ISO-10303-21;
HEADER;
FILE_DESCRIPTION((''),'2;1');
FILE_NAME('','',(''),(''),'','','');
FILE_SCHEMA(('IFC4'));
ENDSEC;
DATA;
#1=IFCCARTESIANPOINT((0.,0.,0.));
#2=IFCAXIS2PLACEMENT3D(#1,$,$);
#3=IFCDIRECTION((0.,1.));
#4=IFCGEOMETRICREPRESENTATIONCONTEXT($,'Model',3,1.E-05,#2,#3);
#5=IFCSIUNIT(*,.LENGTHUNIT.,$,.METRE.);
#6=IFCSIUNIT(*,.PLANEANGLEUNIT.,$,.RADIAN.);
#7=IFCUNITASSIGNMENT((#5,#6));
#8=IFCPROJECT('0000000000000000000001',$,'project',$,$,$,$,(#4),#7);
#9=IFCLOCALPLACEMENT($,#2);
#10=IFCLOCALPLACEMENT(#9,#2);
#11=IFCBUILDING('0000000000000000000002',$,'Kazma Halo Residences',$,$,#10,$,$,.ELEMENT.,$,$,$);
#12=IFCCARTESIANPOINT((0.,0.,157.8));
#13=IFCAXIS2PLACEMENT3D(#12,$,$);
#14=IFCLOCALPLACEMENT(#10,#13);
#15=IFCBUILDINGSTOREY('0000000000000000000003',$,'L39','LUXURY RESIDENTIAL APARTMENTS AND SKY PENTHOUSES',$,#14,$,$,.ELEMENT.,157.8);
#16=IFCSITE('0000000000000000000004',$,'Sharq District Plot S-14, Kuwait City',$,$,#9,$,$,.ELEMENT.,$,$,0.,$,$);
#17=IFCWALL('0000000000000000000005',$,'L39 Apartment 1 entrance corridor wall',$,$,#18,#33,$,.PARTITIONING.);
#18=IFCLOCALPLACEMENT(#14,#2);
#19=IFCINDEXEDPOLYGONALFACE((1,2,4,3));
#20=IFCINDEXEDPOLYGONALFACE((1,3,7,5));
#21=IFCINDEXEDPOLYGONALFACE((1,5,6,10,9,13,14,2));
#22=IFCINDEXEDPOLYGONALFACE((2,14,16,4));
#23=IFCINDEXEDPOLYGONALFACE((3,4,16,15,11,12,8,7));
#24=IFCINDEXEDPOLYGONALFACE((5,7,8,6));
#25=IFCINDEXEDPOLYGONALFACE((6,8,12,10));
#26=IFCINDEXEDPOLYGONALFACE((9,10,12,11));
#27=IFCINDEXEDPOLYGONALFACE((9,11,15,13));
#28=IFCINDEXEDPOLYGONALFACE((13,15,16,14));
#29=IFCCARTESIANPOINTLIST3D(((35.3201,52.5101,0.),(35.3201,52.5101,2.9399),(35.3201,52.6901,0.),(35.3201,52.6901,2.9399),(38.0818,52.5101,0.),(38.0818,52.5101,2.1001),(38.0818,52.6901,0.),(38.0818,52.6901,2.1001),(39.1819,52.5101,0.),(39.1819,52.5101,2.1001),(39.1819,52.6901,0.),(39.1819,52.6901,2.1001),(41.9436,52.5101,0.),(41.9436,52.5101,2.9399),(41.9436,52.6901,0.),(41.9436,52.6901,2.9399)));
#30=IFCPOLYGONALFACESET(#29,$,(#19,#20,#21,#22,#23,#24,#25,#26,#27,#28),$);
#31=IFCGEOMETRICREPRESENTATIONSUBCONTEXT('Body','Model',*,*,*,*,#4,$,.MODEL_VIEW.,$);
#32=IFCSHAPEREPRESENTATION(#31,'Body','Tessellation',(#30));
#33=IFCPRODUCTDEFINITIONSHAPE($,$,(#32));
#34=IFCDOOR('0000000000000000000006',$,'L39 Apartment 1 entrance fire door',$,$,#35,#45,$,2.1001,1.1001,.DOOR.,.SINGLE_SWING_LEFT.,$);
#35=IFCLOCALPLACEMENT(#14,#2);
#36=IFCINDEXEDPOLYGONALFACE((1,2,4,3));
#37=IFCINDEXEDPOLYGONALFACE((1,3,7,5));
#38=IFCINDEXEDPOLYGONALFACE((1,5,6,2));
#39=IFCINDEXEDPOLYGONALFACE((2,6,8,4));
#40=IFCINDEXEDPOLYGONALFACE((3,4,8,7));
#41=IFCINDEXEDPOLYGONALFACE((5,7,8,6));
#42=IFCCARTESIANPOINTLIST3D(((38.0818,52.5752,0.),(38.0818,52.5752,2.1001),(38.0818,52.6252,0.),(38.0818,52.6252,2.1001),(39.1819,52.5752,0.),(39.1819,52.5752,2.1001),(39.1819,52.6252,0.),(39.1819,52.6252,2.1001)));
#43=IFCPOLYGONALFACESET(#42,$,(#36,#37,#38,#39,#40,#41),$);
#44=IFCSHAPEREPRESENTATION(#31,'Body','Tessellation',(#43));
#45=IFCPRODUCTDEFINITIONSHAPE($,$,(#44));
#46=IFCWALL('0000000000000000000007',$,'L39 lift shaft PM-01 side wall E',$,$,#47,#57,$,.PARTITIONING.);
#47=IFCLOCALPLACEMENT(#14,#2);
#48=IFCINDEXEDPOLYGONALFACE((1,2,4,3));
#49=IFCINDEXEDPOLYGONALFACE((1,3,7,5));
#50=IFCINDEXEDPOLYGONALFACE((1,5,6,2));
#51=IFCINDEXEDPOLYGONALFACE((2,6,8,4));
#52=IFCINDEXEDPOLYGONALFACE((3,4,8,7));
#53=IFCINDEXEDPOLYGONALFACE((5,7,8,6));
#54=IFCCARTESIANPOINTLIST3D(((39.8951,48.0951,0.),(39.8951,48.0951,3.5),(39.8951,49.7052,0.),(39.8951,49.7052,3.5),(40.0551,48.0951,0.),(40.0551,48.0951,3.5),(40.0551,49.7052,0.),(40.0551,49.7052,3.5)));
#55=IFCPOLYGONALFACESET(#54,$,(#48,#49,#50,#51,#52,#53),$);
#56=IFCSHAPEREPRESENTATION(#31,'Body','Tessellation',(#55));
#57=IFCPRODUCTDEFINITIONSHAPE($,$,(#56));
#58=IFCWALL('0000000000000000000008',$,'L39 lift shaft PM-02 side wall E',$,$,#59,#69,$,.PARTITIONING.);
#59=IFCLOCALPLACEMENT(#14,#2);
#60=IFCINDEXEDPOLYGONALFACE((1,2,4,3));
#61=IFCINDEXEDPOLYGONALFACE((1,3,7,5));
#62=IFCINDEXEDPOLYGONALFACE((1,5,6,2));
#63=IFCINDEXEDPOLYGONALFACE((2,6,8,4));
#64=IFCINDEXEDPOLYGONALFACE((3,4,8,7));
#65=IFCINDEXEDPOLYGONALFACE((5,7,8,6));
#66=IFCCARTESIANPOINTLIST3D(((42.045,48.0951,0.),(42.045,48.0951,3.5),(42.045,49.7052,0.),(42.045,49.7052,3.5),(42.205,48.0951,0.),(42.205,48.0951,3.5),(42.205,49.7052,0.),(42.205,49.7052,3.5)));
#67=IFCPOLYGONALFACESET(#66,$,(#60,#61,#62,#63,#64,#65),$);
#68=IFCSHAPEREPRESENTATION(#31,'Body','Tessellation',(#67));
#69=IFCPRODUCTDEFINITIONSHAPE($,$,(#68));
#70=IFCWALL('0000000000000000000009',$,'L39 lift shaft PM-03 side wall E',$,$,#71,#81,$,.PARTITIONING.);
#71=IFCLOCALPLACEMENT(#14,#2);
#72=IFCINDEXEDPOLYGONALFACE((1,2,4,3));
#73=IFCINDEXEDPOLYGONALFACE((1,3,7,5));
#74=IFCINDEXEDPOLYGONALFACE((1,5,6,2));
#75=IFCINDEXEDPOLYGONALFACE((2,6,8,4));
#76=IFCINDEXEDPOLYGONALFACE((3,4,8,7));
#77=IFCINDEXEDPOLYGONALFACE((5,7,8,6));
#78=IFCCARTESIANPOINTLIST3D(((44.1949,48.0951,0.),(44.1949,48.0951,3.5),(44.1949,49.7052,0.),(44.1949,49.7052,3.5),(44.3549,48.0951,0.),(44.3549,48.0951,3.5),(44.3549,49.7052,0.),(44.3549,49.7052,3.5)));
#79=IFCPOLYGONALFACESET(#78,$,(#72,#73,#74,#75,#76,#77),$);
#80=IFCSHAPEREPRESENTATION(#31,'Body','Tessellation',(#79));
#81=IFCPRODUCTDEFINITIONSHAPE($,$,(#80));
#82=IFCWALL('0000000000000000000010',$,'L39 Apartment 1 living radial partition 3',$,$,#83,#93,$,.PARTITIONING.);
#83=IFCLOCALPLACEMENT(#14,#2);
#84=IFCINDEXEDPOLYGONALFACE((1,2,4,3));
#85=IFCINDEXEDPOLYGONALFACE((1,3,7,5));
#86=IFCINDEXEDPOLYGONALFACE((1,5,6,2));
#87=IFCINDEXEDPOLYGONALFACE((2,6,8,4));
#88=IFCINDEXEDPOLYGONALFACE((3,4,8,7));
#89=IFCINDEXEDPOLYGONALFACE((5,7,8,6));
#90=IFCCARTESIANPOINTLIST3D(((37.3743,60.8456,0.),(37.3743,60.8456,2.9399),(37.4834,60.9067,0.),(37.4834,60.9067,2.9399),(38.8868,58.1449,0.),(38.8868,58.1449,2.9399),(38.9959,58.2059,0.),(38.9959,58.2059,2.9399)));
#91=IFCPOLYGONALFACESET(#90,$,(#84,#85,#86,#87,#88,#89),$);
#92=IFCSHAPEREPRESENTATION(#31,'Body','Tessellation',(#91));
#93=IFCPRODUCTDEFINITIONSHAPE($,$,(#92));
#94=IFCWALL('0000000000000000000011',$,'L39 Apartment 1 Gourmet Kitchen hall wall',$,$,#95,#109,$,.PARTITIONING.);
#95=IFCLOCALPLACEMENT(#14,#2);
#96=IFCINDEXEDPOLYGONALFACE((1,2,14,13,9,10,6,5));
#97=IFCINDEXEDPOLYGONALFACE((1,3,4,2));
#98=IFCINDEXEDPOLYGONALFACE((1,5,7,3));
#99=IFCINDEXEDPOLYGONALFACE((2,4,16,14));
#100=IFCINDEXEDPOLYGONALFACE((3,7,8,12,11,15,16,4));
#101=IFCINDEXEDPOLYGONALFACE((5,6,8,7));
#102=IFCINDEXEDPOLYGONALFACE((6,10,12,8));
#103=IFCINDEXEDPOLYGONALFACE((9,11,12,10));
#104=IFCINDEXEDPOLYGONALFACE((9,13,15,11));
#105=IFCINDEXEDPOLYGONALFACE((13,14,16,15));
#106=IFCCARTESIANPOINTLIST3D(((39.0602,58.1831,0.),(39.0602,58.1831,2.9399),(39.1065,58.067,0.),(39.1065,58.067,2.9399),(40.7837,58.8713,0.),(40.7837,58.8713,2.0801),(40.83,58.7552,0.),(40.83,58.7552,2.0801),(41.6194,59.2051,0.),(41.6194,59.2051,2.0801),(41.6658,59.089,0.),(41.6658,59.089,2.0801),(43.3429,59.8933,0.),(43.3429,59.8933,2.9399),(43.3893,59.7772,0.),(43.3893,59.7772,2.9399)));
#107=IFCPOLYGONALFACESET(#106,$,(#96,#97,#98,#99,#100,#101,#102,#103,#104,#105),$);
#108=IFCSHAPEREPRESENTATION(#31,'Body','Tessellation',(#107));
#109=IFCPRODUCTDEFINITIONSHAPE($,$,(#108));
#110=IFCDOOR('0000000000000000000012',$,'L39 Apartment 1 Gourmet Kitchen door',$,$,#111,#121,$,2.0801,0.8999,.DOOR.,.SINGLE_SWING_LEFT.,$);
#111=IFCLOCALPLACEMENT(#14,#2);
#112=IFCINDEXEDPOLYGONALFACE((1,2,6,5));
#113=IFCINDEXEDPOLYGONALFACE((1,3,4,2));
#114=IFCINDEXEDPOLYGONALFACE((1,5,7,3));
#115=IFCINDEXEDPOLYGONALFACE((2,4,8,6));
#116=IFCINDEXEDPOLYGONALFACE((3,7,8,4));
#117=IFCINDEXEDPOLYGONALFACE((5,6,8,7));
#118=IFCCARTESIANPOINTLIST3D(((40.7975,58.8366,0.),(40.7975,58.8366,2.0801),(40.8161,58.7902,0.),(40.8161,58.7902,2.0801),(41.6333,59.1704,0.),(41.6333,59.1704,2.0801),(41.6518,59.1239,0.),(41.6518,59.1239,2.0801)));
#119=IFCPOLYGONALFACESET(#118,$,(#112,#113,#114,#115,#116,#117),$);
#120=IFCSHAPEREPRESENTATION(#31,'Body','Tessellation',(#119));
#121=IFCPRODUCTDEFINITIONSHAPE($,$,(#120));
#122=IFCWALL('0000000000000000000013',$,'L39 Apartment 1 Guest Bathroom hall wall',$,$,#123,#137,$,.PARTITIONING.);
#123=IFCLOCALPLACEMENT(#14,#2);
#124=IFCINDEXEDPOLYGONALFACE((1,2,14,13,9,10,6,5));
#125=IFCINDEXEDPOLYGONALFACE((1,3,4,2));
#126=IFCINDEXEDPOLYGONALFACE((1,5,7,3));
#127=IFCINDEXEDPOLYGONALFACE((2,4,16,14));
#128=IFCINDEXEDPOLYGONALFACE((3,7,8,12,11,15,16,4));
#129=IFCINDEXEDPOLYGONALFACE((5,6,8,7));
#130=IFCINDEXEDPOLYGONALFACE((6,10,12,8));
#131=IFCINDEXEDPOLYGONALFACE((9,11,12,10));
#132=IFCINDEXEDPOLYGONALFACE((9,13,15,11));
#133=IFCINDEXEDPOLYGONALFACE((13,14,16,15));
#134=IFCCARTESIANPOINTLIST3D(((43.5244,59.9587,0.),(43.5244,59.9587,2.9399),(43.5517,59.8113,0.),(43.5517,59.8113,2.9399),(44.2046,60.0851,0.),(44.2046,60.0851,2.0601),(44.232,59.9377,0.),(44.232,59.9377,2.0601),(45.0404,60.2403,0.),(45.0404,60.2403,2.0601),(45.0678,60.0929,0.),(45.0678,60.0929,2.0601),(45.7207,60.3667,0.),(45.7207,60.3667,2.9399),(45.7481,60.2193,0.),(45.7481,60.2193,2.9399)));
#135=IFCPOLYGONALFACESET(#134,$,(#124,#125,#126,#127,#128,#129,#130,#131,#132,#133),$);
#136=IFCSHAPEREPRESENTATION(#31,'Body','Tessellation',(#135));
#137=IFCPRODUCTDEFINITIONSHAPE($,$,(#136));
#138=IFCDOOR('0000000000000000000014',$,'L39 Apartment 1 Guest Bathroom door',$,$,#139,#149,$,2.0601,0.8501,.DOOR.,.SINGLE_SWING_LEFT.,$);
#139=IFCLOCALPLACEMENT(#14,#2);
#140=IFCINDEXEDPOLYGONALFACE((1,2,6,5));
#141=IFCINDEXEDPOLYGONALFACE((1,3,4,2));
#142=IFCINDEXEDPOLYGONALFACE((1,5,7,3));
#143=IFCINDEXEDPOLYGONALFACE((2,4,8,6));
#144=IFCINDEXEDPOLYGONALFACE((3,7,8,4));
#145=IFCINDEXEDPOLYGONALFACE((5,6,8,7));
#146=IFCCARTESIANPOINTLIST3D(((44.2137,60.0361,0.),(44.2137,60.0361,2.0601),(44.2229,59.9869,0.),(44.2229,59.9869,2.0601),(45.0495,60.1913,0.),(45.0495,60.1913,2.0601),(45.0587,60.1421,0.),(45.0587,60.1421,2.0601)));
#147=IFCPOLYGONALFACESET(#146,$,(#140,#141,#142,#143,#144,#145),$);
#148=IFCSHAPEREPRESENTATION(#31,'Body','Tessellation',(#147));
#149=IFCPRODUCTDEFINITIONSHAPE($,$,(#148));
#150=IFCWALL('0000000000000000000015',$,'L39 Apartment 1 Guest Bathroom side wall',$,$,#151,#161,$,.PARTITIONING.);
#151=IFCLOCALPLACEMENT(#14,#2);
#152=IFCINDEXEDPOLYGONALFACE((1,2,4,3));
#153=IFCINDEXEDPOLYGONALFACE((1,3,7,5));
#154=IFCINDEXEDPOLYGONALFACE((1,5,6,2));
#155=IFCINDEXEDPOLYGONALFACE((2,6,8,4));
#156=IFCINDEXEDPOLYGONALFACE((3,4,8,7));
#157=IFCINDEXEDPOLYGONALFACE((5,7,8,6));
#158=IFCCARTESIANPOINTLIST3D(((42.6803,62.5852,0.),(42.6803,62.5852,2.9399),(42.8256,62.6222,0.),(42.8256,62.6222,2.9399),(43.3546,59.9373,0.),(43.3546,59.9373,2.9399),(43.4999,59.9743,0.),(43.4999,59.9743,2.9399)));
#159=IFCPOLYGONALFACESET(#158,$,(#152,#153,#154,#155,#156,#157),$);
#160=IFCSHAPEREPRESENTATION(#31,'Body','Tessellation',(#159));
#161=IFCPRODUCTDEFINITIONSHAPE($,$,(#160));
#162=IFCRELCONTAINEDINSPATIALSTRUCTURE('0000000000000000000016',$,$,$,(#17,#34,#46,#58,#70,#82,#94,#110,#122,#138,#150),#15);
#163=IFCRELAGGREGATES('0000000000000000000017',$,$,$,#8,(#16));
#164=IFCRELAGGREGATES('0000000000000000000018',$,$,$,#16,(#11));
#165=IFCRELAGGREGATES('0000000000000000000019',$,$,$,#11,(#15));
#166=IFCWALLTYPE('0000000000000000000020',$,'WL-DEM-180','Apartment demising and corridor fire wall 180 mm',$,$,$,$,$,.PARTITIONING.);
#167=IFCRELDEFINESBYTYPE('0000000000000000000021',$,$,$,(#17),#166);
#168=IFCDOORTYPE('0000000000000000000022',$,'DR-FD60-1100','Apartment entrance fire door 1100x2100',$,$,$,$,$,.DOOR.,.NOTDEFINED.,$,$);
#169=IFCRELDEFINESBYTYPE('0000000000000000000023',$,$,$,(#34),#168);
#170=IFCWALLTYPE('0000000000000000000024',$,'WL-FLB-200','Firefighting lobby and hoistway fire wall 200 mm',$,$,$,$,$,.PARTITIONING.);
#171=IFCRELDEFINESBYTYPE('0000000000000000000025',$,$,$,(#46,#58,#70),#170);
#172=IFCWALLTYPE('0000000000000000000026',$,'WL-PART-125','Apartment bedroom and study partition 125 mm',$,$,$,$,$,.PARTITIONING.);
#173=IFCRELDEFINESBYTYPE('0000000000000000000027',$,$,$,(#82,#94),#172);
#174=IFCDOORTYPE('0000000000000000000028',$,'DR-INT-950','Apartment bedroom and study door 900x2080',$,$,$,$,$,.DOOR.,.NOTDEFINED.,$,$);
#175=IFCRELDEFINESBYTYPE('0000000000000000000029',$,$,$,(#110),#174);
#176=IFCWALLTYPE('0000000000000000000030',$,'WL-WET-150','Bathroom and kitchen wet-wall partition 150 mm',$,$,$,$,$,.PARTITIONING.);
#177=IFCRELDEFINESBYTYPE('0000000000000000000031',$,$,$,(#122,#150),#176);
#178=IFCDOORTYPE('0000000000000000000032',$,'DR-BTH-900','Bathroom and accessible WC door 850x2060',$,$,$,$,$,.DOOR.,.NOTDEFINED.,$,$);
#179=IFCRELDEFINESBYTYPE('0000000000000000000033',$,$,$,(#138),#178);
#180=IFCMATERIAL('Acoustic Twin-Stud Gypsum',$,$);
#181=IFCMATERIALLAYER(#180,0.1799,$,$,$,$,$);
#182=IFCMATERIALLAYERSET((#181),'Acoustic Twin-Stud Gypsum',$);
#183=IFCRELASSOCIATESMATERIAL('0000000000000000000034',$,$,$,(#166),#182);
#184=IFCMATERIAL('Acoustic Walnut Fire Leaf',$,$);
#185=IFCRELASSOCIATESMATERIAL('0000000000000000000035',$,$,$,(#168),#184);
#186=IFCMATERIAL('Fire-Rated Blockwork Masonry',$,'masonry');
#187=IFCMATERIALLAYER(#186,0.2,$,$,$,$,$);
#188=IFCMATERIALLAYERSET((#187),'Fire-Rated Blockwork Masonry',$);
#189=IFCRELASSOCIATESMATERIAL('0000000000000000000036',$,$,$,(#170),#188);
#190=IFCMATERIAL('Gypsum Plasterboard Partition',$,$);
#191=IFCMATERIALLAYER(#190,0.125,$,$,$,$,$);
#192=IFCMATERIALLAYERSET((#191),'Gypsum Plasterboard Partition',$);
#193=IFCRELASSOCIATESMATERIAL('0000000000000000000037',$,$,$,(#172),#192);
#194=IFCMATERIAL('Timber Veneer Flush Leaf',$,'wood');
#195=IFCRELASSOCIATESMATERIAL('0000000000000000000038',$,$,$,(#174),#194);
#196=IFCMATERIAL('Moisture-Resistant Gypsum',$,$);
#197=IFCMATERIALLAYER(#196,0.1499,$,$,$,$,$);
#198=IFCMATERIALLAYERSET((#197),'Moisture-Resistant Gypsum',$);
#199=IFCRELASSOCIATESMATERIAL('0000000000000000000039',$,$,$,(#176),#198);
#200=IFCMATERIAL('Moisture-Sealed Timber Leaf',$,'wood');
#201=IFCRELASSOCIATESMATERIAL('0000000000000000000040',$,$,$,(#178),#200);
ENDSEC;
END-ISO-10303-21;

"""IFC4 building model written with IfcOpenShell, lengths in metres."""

from ifc_helpers import new_model, si_unit, direction, frame, frame_2d, origin, place, context, subcontext, project, spatial, rectangle, extrude, material, layer, layer_set, type_object, element, fill, save


model = new_model("IFC4")

# Units and contexts
model_context = context("Model", 3, precision=1e-05, world=origin(), true_north=direction((0.0, 1.0)))
body_context = subcontext(model_context, "Body", "Model", "MODEL_VIEW")
ifc_project = project(units=[si_unit("LENGTHUNIT", "METRE"), si_unit("PLANEANGLEUNIT", "RADIAN")], contexts=[model_context])

# Site, building, storey
site_placement = place(None, origin())
site = spatial("IfcSite", under=ifc_project, at=site_placement, Name="Sharq District Plot S-14, Kuwait City", CompositionType="ELEMENT", RefElevation=0.0)
building_placement = place(site_placement, origin())
building = spatial("IfcBuilding", under=site, at=building_placement, Name="Kazma Halo Residences", CompositionType="ELEMENT")
storey_placement = place(building_placement, frame((0.0, 0.0, 157.8)))
storey = spatial("IfcBuildingStorey", under=building, at=storey_placement, Name="L39", Description="LUXURY RESIDENTIAL APARTMENTS AND SKY PENTHOUSES", CompositionType="ELEMENT", Elevation=157.8)

# Wall, opening, door
ifc_material_1 = material(Name="Acoustic Twin-Stud Gypsum")
ifc_layer_1 = layer(ifc_material_1, 0.1799)
ifc_layer_set_1 = layer_set([ifc_layer_1], Name="Acoustic Twin-Stud Gypsum")
wall_type_1 = type_object("IfcWallType", Name="WL-DEM-180", Description="Apartment demising and corridor fire wall 180 mm", PredefinedType="PARTITIONING", material=ifc_layer_set_1)
wall_1_placement = place(storey_placement, frame((41.9436, 52.6001, 0.0), z_axis=(0.0, 0.0, 1.0), x_axis=(-1.0, 0.0, 0.0)))
wall_1 = element("IfcWall", 1, at=wall_1_placement, inside=storey, type_object=wall_type_1, Name="L39 Apartment 1 entrance corridor wall", PredefinedType="PARTITIONING", context=body_context, shape_type="SweptSolid", body=[
    extrude(rectangle(XDim=6.6235, YDim=0.1799, at=frame_2d((3.3118, 0.0))), origin(), (0.0, 0.0, 1.0), 2.9399),
])
opening_1_placement = place(wall_1_placement, frame((2.7617, 0.0, 0.0)))
opening_1 = element("IfcOpeningElement", 2, at=opening_1_placement, cuts=wall_1, PredefinedType="OPENING", context=body_context, shape_type="SweptSolid", body=[
    extrude(rectangle(XDim=1.1001, YDim=2.1001, at=frame_2d((0.55, 1.05))), frame((0.0, 0.0999, 0.0), z_axis=(0.0, -1.0, 0.0), x_axis=(1.0, 0.0, 0.0)), (0.0, 0.0, 1.0), 0.2),
])
ifc_material_2 = material(Name="Acoustic Walnut Fire Leaf")
door_type_1 = type_object("IfcDoorType", Name="DR-FD60-1100", Description="Apartment entrance fire door 1100x2100", OperationType="NOTDEFINED", PredefinedType="DOOR", material=ifc_material_2)
door_1_placement = place(opening_1_placement, origin())
door_1 = element("IfcDoor", 3, at=door_1_placement, inside=storey, type_object=door_type_1, Name="L39 Apartment 1 entrance fire door", OperationType="SINGLE_SWING_LEFT", OverallHeight=2.1001, OverallWidth=1.1001, PredefinedType="DOOR", context=body_context, shape_type="SweptSolid", body=[
    extrude(rectangle(XDim=1.1001, YDim=2.1001, at=frame_2d((0.55, 1.05))), frame((0.0, 0.0249, 0.0), z_axis=(0.0, -1.0, 0.0), x_axis=(1.0, 0.0, 0.0)), (0.0, 0.0, 1.0), 0.05),
])
fill(opening_1, door_1)

# Walls
ifc_material_3 = material(Name="Fire-Rated Blockwork Masonry", Category="masonry")
ifc_layer_2 = layer(ifc_material_3, 0.2)
ifc_layer_set_2 = layer_set([ifc_layer_2], Name="Fire-Rated Blockwork Masonry")
wall_type_2 = type_object("IfcWallType", Name="WL-FLB-200", Description="Firefighting lobby and hoistway fire wall 200 mm", PredefinedType="PARTITIONING", material=ifc_layer_set_2)
for number, where, z_axis, x_axis, name in (
    (4, (39.9751, 48.095, 0.0), (0.0, 0.0, 1.0), (0.0, 1.0, 0.0), "L39 lift shaft PM-01 side wall E"),
    (5, (42.125, 48.095, 0.0), (0.0, 0.0, 1.0), (0.0, 1.0, 0.0), "L39 lift shaft PM-02 side wall E"),
    (6, (44.2749, 48.095, 0.0), (0.0, 0.0, 1.0), (0.0, 1.0, 0.0), "L39 lift shaft PM-03 side wall E"),
):
    element("IfcWall", number, at=place(storey_placement, frame(where, z_axis=z_axis, x_axis=x_axis)), inside=storey, type_object=wall_type_2, Name=name, PredefinedType="PARTITIONING", context=body_context, shape_type="SweptSolid", body=[
        extrude(rectangle(XDim=1.6101, YDim=0.1599, at=frame_2d((0.8052, 0.0))), origin(), (0.0, 0.0, 1.0), 3.5),
    ])
ifc_material_4 = material(Name="Gypsum Plasterboard Partition")
ifc_layer_3 = layer(ifc_material_4, 0.125)
ifc_layer_set_3 = layer_set([ifc_layer_3], Name="Gypsum Plasterboard Partition")
wall_type_3 = type_object("IfcWallType", Name="WL-PART-125", Description="Apartment bedroom and study partition 125 mm", PredefinedType="PARTITIONING", material=ifc_layer_set_3)
wall_2_placement = place(storey_placement, frame((38.9414, 58.1753, 0.0), z_axis=(0.0, 0.0, 1.0), x_axis=(-0.48862, 0.872497, 0.0)))
element("IfcWall", 7, at=wall_2_placement, inside=storey, type_object=wall_type_3, Name="L39 Apartment 1 living radial partition 3", PredefinedType="PARTITIONING", context=body_context, shape_type="SweptSolid", body=[
    extrude(rectangle(XDim=3.0955, YDim=0.125, at=frame_2d((1.5479, 0.0))), origin(), (0.0, 0.0, 1.0), 2.9399),
])

# Walls, openings, doors
wall_3_placement = place(storey_placement, frame((43.366, 59.8352, 0.0), z_axis=(0.0, 0.0, 1.0), x_axis=(-0.928692, -0.370852, 0.0)))
wall_3 = element("IfcWall", 8, at=wall_3_placement, inside=storey, type_object=wall_type_3, Name="L39 Apartment 1 Gourmet Kitchen hall wall", PredefinedType="PARTITIONING", context=body_context, shape_type="SweptSolid", body=[
    extrude(rectangle(XDim=4.6116, YDim=0.125, at=frame_2d((2.3057, 0.0))), origin(), (0.0, 0.0, 1.0), 2.9399),
])
opening_2_placement = place(wall_3_placement, frame((1.8557, 0.0, 0.0)))
opening_2 = element("IfcOpeningElement", 9, at=opening_2_placement, cuts=wall_3, PredefinedType="OPENING", context=body_context, shape_type="SweptSolid", body=[
    extrude(rectangle(XDim=0.8999, YDim=2.0801, at=frame_2d((0.45, 1.04))), frame((0.0, 0.0725, 0.0), z_axis=(0.0, -1.0, 0.0), x_axis=(1.0, 0.0, 0.0)), (0.0, 0.0, 1.0), 0.145),
])
ifc_material_5 = material(Name="Timber Veneer Flush Leaf", Category="wood")
door_type_2 = type_object("IfcDoorType", Name="DR-INT-950", Description="Apartment bedroom and study door 900x2080", OperationType="NOTDEFINED", PredefinedType="DOOR", material=ifc_material_5)
door_2_placement = place(opening_2_placement, origin())
door_2 = element("IfcDoor", 10, at=door_2_placement, inside=storey, type_object=door_type_2, Name="L39 Apartment 1 Gourmet Kitchen door", OperationType="SINGLE_SWING_LEFT", OverallHeight=2.0801, OverallWidth=0.8999, PredefinedType="DOOR", context=body_context, shape_type="SweptSolid", body=[
    extrude(rectangle(XDim=0.8999, YDim=2.0801, at=frame_2d((0.45, 1.04))), frame((0.0, 0.0249, 0.0), z_axis=(0.0, -1.0, 0.0), x_axis=(1.0, 0.0, 0.0)), (0.0, 0.0, 1.0), 0.05),
])
fill(opening_2, door_2)
ifc_material_6 = material(Name="Moisture-Resistant Gypsum")
ifc_layer_4 = layer(ifc_material_6, 0.1499)
ifc_layer_set_4 = layer_set([ifc_layer_4], Name="Moisture-Resistant Gypsum")
wall_type_4 = type_object("IfcWallType", Name="WL-WET-150", Description="Bathroom and kitchen wet-wall partition 150 mm", PredefinedType="PARTITIONING", material=ifc_layer_set_4)
wall_4_placement = place(storey_placement, frame((45.7344, 60.293, 0.0), z_axis=(0.0, 0.0, 1.0), x_axis=(-0.983183, -0.182625, 0.0)))
wall_4 = element("IfcWall", 11, at=wall_4_placement, inside=storey, type_object=wall_type_4, Name="L39 Apartment 1 Guest Bathroom hall wall", PredefinedType="PARTITIONING", context=body_context, shape_type="SweptSolid", body=[
    extrude(rectangle(XDim=2.2339, YDim=0.1499, at=frame_2d((1.1169, 0.0))), origin(), (0.0, 0.0, 1.0), 2.9399),
])
opening_3_placement = place(wall_4_placement, frame((0.6919, 0.0, 0.0)))
opening_3 = element("IfcOpeningElement", 12, at=opening_3_placement, cuts=wall_4, PredefinedType="OPENING", context=body_context, shape_type="SweptSolid", body=[
    extrude(rectangle(XDim=0.8501, YDim=2.0601, at=frame_2d((0.425, 1.03))), frame((0.0, 0.085, 0.0), z_axis=(0.0, -1.0, 0.0), x_axis=(1.0, 0.0, 0.0)), (0.0, 0.0, 1.0), 0.1699),
])
ifc_material_7 = material(Name="Moisture-Sealed Timber Leaf", Category="wood")
door_type_3 = type_object("IfcDoorType", Name="DR-BTH-900", Description="Bathroom and accessible WC door 850x2060", OperationType="NOTDEFINED", PredefinedType="DOOR", material=ifc_material_7)
door_3_placement = place(opening_3_placement, origin())
door_3 = element("IfcDoor", 13, at=door_3_placement, inside=storey, type_object=door_type_3, Name="L39 Apartment 1 Guest Bathroom door", OperationType="SINGLE_SWING_LEFT", OverallHeight=2.0601, OverallWidth=0.8501, PredefinedType="DOOR", context=body_context, shape_type="SweptSolid", body=[
    extrude(rectangle(XDim=0.8501, YDim=2.0601, at=frame_2d((0.425, 1.03))), frame((0.0, 0.0249, 0.0), z_axis=(0.0, -1.0, 0.0), x_axis=(1.0, 0.0, 0.0)), (0.0, 0.0, 1.0), 0.05),
])
fill(opening_3, door_3)

# Wall
wall_5_placement = place(storey_placement, frame((43.4272, 59.9558, 0.0), z_axis=(0.0, 0.0, 1.0), x_axis=(-0.24678, 0.969072, 0.0)))
element("IfcWall", 14, at=wall_5_placement, inside=storey, type_object=wall_type_4, Name="L39 Apartment 1 Guest Bathroom side wall", PredefinedType="PARTITIONING", context=body_context, shape_type="SweptSolid", body=[
    extrude(rectangle(XDim=2.7324, YDim=0.1499, at=frame_2d((1.3662, 0.0))), origin(), (0.0, 0.0, 1.0), 2.9399),
])

save(model, "model.ifc")
